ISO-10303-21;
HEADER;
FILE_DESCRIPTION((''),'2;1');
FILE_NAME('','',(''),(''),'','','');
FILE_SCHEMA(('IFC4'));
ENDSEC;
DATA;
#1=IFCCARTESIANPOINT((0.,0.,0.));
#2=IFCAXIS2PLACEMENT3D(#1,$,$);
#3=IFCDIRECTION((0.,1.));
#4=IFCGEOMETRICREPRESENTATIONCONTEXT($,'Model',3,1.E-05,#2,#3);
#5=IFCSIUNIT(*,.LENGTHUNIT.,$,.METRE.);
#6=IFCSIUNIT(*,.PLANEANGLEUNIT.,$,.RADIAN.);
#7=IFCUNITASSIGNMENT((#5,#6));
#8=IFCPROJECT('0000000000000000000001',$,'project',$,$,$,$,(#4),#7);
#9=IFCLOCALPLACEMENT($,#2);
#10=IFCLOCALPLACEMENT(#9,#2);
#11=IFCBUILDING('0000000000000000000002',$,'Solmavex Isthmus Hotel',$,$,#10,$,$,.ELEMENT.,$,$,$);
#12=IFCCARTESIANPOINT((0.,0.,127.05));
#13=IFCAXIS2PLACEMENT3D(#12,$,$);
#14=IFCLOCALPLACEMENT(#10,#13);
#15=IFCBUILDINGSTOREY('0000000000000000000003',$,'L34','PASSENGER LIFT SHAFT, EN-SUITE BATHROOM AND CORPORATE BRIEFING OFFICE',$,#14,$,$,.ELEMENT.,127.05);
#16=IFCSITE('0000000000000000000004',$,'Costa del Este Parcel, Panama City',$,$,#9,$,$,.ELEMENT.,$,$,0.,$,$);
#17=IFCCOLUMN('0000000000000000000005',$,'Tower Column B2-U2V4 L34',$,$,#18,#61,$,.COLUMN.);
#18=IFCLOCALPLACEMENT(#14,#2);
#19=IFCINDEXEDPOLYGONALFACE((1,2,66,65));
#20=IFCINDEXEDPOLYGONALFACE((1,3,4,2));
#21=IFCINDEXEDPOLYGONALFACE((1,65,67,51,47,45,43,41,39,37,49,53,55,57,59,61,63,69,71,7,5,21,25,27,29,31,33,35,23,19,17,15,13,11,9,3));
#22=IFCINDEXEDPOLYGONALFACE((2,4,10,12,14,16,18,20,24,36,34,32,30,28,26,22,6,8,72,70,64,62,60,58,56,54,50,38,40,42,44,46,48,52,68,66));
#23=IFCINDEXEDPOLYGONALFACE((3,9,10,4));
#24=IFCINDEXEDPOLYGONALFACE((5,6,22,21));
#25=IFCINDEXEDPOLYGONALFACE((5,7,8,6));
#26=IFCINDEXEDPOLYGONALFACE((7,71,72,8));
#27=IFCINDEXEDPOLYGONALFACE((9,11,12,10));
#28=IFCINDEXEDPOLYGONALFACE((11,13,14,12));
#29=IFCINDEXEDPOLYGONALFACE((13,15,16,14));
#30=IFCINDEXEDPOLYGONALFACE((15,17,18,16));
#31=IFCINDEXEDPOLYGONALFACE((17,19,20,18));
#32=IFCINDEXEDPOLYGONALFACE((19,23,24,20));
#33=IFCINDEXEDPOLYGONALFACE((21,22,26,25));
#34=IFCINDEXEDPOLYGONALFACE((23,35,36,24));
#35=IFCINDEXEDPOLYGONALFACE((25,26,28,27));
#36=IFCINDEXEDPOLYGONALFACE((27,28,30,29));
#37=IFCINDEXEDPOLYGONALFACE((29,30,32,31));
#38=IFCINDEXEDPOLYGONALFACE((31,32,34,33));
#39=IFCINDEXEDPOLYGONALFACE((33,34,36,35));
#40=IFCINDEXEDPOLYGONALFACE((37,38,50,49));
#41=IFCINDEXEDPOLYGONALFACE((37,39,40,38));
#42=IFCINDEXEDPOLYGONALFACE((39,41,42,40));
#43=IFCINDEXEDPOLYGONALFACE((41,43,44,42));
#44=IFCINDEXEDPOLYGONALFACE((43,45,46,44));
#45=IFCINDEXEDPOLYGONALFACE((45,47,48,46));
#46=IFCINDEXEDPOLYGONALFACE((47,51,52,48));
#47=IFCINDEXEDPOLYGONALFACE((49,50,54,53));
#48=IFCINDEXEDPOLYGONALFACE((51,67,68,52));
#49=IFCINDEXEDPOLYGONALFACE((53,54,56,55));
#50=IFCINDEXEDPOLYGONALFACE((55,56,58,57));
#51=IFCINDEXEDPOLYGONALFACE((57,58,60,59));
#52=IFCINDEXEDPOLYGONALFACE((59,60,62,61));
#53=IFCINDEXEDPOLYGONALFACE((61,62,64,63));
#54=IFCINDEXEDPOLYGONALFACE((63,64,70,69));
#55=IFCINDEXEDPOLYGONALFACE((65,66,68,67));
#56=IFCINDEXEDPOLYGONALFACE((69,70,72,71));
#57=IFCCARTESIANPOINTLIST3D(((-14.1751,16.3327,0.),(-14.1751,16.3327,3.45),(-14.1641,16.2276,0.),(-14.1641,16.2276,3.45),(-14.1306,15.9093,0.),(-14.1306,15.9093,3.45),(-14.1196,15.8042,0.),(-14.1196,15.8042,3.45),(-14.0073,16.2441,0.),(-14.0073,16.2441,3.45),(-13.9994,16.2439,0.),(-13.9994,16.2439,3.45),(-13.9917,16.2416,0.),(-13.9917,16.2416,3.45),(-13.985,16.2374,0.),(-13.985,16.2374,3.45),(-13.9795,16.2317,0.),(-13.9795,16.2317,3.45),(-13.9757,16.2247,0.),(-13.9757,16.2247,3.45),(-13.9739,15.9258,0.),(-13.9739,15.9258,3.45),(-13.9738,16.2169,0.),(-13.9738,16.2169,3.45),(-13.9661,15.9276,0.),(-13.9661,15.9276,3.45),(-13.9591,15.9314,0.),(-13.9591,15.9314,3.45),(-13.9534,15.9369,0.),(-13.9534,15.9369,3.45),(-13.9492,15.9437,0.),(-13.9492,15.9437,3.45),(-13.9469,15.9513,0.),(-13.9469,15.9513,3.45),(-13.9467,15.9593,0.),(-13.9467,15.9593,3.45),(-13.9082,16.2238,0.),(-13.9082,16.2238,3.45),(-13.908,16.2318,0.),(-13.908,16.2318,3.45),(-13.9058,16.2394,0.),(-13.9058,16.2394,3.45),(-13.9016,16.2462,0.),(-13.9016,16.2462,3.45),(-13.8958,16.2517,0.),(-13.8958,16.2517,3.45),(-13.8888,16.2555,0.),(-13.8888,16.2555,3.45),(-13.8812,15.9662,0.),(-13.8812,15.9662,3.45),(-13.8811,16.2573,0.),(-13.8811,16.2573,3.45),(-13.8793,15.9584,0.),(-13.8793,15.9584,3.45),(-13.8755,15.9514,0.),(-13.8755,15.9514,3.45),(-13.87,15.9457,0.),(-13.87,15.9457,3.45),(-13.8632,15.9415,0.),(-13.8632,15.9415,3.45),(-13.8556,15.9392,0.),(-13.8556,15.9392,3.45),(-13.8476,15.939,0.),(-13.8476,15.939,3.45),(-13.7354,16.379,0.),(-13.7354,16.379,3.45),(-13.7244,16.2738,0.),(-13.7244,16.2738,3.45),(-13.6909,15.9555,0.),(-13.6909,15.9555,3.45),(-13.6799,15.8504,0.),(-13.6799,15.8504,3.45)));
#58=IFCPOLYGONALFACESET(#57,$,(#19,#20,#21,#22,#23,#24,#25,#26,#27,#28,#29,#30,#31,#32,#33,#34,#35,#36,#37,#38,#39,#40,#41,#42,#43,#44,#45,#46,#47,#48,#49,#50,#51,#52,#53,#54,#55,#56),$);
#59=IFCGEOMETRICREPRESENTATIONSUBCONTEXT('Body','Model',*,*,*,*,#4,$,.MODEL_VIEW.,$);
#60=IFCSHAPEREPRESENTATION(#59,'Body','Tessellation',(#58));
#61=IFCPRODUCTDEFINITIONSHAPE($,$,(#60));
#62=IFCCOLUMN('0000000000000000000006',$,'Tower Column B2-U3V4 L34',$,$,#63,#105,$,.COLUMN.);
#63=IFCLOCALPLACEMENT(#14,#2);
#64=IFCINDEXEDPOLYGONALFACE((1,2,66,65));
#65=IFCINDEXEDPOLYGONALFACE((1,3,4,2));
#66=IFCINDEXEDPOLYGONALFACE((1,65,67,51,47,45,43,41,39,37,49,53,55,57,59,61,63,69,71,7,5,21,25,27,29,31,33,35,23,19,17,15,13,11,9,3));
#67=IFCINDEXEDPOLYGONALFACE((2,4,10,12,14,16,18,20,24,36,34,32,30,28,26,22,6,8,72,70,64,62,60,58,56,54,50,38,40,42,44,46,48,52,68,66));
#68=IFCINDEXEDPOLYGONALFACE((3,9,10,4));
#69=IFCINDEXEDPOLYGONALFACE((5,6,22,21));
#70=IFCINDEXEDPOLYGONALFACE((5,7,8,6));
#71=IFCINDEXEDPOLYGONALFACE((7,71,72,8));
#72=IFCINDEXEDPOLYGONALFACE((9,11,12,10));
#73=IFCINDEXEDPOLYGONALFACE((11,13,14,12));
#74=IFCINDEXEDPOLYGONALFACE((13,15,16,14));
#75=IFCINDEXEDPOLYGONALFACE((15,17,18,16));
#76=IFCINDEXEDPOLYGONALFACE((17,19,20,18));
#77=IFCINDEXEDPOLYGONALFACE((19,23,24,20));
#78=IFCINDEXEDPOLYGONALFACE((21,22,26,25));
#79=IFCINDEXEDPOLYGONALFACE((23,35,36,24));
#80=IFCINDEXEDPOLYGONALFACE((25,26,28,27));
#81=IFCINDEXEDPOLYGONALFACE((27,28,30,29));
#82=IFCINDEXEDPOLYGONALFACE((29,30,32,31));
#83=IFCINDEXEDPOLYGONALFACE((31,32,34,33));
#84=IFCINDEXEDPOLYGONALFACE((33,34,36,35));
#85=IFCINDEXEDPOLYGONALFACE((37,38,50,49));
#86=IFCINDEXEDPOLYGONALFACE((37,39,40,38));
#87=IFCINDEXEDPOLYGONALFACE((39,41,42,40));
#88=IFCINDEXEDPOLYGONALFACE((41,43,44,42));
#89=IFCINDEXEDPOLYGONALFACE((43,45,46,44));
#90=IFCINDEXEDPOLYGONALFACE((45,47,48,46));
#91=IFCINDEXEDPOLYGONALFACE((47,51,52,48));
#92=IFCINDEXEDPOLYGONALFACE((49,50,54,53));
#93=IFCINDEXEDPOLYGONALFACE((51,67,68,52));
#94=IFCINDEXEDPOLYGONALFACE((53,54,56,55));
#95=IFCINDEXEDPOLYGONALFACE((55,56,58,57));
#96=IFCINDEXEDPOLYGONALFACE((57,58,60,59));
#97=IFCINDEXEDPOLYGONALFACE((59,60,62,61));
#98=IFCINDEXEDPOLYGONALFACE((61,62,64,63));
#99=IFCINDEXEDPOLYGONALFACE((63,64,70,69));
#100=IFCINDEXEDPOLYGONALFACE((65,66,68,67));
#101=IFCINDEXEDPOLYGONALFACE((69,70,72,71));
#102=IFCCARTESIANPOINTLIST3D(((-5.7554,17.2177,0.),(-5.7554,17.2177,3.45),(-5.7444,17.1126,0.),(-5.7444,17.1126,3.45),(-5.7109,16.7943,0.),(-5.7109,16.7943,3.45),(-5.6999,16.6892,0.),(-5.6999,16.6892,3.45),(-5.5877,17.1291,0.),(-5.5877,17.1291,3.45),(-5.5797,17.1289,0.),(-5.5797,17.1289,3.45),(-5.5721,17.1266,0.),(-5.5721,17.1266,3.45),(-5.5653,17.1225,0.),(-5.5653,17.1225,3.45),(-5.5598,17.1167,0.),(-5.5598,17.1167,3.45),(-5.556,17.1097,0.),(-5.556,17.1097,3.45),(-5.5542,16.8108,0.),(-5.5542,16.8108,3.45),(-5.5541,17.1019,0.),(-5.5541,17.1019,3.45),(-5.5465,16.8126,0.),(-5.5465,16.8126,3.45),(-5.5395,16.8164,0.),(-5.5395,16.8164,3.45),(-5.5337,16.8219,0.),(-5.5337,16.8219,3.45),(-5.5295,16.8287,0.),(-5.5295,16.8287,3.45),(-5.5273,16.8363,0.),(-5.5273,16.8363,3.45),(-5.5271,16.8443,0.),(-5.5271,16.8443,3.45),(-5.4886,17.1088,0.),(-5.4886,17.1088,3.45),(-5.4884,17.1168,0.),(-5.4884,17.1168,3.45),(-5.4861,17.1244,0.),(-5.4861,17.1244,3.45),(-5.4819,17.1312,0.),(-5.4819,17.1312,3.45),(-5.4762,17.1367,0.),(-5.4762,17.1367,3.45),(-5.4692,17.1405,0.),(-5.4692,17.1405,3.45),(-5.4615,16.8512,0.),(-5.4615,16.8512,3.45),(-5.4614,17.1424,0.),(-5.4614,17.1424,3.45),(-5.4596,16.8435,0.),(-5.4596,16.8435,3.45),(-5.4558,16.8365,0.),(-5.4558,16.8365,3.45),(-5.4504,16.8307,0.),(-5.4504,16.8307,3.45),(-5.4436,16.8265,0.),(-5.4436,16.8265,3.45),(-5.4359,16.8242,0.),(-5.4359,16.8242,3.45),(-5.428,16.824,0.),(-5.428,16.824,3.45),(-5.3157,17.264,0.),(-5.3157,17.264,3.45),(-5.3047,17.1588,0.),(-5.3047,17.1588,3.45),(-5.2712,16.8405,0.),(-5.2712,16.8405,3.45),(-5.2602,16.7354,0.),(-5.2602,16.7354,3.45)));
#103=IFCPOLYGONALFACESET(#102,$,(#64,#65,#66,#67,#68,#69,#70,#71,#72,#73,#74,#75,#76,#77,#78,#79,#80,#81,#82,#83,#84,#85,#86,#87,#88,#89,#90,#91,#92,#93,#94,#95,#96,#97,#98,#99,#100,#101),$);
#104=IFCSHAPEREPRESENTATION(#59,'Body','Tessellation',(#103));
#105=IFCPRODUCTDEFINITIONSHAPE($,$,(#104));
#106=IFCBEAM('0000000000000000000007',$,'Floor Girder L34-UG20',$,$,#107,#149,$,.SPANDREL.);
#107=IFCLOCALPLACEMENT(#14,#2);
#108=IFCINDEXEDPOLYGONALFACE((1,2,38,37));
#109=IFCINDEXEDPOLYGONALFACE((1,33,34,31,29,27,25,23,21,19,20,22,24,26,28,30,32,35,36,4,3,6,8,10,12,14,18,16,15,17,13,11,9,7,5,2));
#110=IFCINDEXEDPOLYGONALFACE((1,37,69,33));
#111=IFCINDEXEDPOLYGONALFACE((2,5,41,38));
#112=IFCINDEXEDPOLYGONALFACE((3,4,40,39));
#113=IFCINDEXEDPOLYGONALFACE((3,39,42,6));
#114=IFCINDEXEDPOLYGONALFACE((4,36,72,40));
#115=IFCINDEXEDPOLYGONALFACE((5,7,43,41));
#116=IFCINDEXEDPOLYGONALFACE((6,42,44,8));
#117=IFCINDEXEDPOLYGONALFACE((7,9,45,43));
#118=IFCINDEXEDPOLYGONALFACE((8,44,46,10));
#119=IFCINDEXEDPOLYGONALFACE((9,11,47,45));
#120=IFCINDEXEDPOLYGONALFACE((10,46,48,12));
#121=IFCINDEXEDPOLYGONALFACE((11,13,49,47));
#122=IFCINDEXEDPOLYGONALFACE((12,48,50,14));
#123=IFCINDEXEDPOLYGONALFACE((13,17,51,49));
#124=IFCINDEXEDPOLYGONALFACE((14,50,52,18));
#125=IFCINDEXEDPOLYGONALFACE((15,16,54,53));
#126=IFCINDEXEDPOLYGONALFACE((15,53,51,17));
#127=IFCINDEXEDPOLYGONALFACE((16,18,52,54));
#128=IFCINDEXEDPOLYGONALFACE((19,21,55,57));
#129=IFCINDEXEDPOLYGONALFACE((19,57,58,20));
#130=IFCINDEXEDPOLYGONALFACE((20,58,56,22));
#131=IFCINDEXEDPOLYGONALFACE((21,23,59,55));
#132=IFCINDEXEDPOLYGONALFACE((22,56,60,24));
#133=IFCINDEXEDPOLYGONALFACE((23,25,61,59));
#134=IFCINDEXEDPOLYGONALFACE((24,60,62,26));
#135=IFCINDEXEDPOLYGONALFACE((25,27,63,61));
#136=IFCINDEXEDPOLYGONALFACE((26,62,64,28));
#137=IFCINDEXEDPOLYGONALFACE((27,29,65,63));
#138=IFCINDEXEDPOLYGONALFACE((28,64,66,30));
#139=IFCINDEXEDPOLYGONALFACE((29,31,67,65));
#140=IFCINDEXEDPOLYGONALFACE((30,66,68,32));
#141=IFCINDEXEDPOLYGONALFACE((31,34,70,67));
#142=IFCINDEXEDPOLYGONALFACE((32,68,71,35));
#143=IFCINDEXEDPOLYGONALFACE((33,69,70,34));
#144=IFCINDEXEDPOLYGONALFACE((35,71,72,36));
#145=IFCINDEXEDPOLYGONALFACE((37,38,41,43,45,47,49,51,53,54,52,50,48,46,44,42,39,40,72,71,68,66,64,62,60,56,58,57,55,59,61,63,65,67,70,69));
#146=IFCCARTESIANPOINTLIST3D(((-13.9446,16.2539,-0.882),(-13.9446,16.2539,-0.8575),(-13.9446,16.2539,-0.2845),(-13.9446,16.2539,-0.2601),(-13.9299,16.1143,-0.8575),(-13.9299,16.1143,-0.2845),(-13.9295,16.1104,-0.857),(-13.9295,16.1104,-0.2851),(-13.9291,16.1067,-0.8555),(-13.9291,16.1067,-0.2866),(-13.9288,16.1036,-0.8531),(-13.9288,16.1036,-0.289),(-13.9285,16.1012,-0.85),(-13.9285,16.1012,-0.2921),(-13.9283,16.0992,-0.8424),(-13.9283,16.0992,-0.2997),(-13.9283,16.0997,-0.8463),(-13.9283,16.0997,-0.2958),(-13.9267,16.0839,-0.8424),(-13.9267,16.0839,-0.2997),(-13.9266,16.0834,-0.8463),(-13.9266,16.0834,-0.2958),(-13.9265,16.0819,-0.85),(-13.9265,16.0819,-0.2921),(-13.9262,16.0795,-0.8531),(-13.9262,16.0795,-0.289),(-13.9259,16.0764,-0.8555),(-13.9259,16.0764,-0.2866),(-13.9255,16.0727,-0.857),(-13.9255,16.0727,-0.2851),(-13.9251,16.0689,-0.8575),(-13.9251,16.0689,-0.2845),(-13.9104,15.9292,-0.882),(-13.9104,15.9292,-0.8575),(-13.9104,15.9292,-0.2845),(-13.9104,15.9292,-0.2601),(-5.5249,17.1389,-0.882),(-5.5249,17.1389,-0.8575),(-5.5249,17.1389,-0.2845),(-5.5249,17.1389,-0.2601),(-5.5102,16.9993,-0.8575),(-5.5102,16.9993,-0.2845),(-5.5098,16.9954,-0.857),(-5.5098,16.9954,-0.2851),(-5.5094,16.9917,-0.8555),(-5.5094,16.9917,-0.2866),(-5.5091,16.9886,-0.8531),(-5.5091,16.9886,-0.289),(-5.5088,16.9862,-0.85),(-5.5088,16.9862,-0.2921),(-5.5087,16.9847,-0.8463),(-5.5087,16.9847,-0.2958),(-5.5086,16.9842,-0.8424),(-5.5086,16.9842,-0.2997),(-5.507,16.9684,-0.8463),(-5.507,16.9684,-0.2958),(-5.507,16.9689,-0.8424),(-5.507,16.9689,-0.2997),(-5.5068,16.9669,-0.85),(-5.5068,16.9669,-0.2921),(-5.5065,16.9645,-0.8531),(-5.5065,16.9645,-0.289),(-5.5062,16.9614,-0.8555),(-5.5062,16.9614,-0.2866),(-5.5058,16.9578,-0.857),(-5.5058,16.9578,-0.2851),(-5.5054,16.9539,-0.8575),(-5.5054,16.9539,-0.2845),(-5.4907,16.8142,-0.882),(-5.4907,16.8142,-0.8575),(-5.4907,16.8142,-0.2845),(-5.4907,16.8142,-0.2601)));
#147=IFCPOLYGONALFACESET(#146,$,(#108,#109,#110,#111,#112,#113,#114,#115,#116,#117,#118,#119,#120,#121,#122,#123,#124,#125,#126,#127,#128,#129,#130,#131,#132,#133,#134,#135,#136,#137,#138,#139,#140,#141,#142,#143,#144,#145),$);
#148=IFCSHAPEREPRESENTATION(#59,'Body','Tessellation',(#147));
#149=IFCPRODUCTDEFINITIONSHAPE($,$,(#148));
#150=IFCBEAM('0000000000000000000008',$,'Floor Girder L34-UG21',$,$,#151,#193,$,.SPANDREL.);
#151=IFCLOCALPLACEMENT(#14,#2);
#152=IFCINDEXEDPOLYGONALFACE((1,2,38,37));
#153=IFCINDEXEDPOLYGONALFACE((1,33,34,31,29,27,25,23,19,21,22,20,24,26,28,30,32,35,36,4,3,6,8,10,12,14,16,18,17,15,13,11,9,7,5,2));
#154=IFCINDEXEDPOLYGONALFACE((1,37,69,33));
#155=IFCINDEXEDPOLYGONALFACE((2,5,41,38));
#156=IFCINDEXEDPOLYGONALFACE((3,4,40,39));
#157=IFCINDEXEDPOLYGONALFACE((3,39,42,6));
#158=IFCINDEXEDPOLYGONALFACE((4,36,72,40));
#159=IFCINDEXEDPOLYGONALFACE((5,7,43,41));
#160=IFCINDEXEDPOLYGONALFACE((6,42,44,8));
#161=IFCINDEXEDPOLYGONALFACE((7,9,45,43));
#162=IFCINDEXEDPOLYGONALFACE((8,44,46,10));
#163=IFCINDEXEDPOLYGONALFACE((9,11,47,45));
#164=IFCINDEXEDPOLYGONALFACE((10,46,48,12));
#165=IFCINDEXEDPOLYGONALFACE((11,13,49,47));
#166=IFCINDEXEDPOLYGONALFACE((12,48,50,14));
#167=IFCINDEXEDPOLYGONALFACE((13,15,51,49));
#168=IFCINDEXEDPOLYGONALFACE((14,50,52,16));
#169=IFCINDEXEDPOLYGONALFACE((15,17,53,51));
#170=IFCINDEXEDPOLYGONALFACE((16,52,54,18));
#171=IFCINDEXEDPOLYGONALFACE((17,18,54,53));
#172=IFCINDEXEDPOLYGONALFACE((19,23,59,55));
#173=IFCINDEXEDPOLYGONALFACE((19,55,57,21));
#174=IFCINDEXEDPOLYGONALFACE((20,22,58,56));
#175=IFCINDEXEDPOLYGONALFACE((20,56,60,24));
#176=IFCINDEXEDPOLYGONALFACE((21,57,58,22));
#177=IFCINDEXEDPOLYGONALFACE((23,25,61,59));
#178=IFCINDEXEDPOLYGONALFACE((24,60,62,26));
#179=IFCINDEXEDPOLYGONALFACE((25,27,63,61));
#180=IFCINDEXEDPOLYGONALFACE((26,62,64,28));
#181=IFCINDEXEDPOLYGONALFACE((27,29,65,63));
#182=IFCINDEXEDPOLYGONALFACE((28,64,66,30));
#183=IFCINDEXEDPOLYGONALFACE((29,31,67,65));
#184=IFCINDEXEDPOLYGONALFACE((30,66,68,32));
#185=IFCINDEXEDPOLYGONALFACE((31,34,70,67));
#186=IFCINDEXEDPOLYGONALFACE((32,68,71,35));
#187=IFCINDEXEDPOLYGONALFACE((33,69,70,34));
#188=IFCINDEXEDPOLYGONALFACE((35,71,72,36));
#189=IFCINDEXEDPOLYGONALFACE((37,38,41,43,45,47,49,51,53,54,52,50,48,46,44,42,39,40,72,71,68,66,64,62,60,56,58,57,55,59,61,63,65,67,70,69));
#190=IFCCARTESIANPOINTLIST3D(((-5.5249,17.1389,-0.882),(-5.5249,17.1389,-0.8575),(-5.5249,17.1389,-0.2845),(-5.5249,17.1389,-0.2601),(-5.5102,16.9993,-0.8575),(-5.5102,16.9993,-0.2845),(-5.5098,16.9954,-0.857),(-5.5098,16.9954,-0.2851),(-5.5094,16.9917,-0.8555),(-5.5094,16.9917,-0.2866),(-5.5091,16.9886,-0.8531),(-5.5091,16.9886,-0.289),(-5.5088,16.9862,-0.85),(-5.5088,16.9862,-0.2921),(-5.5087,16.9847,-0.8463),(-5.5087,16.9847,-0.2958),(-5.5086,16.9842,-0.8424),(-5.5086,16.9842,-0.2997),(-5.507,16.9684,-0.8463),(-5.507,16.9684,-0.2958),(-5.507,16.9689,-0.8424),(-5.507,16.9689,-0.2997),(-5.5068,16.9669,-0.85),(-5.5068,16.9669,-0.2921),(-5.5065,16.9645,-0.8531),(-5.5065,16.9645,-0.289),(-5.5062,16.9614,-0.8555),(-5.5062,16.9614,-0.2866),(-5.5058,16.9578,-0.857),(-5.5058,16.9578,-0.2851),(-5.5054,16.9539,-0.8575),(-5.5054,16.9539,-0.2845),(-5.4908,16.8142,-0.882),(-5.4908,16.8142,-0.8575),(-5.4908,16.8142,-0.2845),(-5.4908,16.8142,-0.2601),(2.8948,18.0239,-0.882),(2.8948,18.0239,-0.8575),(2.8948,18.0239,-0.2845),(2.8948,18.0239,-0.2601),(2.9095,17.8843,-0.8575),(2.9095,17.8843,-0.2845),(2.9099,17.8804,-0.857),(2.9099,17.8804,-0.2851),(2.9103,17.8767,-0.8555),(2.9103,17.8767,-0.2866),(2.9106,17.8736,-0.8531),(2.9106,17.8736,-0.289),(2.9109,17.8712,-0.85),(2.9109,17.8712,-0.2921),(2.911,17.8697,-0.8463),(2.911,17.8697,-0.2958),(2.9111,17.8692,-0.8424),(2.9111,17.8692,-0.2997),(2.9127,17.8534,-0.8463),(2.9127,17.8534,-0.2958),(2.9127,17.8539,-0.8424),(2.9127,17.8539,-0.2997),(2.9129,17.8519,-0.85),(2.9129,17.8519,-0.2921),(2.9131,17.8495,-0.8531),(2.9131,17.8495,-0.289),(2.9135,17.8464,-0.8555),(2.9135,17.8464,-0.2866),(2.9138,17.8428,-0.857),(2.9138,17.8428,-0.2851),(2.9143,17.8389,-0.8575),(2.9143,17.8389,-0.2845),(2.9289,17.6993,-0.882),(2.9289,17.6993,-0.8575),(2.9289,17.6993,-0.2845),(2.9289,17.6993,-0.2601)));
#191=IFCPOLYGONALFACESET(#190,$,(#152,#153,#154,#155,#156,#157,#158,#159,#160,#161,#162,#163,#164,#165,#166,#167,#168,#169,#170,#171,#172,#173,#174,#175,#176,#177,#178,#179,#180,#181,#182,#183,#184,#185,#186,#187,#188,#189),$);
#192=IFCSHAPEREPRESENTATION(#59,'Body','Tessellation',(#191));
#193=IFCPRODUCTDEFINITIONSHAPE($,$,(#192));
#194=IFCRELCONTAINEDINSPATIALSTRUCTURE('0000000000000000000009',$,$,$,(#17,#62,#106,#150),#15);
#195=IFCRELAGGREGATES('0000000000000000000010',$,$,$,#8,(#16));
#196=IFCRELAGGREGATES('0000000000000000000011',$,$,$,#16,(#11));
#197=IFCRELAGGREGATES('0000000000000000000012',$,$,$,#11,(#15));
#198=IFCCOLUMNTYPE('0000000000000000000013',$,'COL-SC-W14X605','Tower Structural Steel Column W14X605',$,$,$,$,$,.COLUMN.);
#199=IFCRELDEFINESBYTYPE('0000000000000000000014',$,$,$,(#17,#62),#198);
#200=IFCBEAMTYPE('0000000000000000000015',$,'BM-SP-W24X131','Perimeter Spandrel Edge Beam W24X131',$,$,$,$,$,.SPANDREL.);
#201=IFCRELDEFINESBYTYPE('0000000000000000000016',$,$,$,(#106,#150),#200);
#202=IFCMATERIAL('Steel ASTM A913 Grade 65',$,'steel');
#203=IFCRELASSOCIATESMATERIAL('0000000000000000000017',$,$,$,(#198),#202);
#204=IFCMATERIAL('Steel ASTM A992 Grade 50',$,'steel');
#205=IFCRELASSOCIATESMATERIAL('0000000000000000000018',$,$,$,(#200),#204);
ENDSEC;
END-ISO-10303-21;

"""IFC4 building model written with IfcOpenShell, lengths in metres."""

from ifc_helpers import new_model, si_unit, direction, frame, origin, origin_2d, place, context, subcontext, project, spatial, i_section, extrude, material, material_profile, profile_set, type_object, element, save


model = new_model("IFC4")

# Units and contexts
model_context = context("Model", 3, precision=1e-05, world=origin(), true_north=direction((0.0, 1.0)))
body_context = subcontext(model_context, "Body", "Model", "MODEL_VIEW")
ifc_project = project(units=[si_unit("LENGTHUNIT", "METRE"), si_unit("PLANEANGLEUNIT", "RADIAN")], contexts=[model_context])

# Site, building, storey
site_placement = place(None, origin())
site = spatial("IfcSite", under=ifc_project, at=site_placement, Name="Costa del Este Parcel, Panama City", CompositionType="ELEMENT", RefElevation=0.0)
building_placement = place(site_placement, origin())
building = spatial("IfcBuilding", under=site, at=building_placement, Name="Solmavex Isthmus Hotel", CompositionType="ELEMENT")
storey_placement = place(building_placement, frame((0.0, 0.0, 127.05)))
storey = spatial("IfcBuildingStorey", under=building, at=storey_placement, Name="L34", Description="PASSENGER LIFT SHAFT, EN-SUITE BATHROOM AND CORPORATE BRIEFING OFFICE", CompositionType="ELEMENT", Elevation=127.05)

# Columns
ifc_material_1 = material(Name="Steel ASTM A913 Grade 65", Category="steel")
ifc_material_profile_1 = material_profile(ifc_material_1, i_section(OverallWidth=0.4421, OverallDepth=0.5315, WebThickness=0.0659, FlangeThickness=0.1057, FilletRadius=0.0305, at=origin_2d()), Name="W14X605")
ifc_profile_set_1 = profile_set([ifc_material_profile_1], Name="Steel ASTM A913 Grade 65")
column_type = type_object("IfcColumnType", Name="COL-SC-W14X605", Description="Tower Structural Steel Column W14X605", PredefinedType="COLUMN", material=ifc_profile_set_1)
for number, where, z_axis, x_axis, name in (
    (1, (-13.9275, 16.0916, 0.0), (0.0, 0.0, 1.0), (0.994522, 0.104528, 0.0), "Tower Column B2-U2V4 L34"),
    (2, (-5.5078, 16.9766, 0.0), (0.0, 0.0, 1.0), (0.994522, 0.104528, 0.0), "Tower Column B2-U3V4 L34"),
):
    element("IfcColumn", number, at=place(storey_placement, frame(where, z_axis=z_axis, x_axis=x_axis)), inside=storey, type_object=column_type, Name=name, PredefinedType="COLUMN", context=body_context, shape_type="SweptSolid", body=[
        extrude(i_section(OverallWidth=0.4421, OverallDepth=0.5315, WebThickness=0.0659, FlangeThickness=0.1057, FilletRadius=0.0305, at=origin_2d()), origin(), (0.0, 0.0, 1.0), 3.45),
    ])

# Beams
ifc_material_2 = material(Name="Steel ASTM A992 Grade 50", Category="steel")
ifc_material_profile_2 = material_profile(ifc_material_2, i_section(OverallWidth=0.3264, OverallDepth=0.6218, WebThickness=0.0154, FlangeThickness=0.0244, FilletRadius=0.0151, at=origin_2d()), Name="W24X131")
ifc_profile_set_2 = profile_set([ifc_material_profile_2], Name="Steel ASTM A992 Grade 50")
beam_type = type_object("IfcBeamType", Name="BM-SP-W24X131", Description="Perimeter Spandrel Edge Beam W24X131", PredefinedType="SPANDREL", material=ifc_profile_set_2)
for number, where, z_axis, x_axis, name in (
    (3, (-13.9275, 16.0916, -0.571), (0.994521, 0.104536, 0.0), (-0.104536, 0.994521, 0.0), "Floor Girder L34-UG20"),
    (4, (-5.5078, 16.9766, -0.571), (0.994521, 0.104536, 0.0), (-0.104536, 0.994521, 0.0), "Floor Girder L34-UG21"),
):
    element("IfcBeam", number, at=place(storey_placement, frame(where, z_axis=z_axis, x_axis=x_axis)), inside=storey, type_object=beam_type, Name=name, PredefinedType="SPANDREL", context=body_context, shape_type="SweptSolid", body=[
        extrude(i_section(OverallWidth=0.3264, OverallDepth=0.6218, WebThickness=0.0154, FlangeThickness=0.0244, FilletRadius=0.0151, at=origin_2d()), origin(), (0.0, 0.0, 1.0), 8.4661),
    ])

save(model, "model.ifc")
